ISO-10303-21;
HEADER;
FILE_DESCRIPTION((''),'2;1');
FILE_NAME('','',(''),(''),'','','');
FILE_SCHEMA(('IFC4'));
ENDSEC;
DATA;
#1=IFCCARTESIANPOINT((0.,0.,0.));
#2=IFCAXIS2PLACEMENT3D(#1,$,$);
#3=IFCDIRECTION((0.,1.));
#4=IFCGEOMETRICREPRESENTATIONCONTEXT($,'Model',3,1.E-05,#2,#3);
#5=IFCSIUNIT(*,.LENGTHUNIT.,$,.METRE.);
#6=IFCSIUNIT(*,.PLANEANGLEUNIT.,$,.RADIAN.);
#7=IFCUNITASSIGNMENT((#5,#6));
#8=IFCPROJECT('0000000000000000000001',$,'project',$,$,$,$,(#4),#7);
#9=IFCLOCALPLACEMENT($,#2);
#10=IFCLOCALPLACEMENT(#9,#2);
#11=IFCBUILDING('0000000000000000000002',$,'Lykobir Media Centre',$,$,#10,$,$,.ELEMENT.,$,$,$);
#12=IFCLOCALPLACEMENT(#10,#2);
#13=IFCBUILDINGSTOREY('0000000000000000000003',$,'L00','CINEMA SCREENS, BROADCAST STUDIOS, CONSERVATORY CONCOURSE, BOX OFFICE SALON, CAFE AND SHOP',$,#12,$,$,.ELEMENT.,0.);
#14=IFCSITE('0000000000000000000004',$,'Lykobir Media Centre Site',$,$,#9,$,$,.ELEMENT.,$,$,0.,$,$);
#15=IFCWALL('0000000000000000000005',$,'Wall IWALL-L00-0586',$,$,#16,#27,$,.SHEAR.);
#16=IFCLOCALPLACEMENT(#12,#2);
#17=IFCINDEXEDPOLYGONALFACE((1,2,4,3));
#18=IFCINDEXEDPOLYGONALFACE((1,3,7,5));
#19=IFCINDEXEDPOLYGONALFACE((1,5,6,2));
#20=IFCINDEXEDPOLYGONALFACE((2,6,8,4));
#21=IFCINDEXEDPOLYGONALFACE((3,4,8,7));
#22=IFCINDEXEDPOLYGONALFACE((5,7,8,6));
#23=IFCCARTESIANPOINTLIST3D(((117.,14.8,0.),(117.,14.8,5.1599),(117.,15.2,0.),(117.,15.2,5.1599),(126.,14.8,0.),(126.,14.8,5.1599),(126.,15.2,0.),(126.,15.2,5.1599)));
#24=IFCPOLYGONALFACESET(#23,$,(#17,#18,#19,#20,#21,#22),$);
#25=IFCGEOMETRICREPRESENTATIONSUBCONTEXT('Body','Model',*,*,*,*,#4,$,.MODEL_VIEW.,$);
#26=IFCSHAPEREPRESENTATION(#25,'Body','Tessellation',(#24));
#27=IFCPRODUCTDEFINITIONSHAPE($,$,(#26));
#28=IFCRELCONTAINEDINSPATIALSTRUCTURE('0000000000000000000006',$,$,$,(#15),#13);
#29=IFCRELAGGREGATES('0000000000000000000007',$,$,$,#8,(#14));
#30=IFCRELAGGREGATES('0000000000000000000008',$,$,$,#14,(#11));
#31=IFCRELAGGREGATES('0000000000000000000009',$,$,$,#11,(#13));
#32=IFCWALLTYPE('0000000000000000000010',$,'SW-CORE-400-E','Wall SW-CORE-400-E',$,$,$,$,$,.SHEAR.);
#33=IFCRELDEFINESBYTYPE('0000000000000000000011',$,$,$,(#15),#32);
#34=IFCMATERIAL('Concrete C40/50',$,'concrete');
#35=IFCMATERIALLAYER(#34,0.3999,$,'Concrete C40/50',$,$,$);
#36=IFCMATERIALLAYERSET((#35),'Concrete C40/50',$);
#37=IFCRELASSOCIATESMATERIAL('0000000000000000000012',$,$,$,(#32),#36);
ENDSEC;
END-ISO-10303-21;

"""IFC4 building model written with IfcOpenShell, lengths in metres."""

from ifc_helpers import new_model, si_unit, direction, frame, frame_2d, origin, place, context, subcontext, project, spatial, rectangle, extrude, material, layer, layer_set, type_object, element, save


model = new_model("IFC4")

# Units and contexts
model_context = context("Model", 3, precision=1e-05, world=origin(), true_north=direction((0.0, 1.0)))
body_context = subcontext(model_context, "Body", "Model", "MODEL_VIEW")
ifc_project = project(units=[si_unit("LENGTHUNIT", "METRE"), si_unit("PLANEANGLEUNIT", "RADIAN")], contexts=[model_context])

# Site, building, storey
site_placement = place(None, origin())
site = spatial("IfcSite", under=ifc_project, at=site_placement, Name="Lykobir Media Centre Site", CompositionType="ELEMENT", RefElevation=0.0)
building_placement = place(site_placement, origin())
building = spatial("IfcBuilding", under=site, at=building_placement, Name="Lykobir Media Centre", CompositionType="ELEMENT")
storey_placement = place(building_placement, origin())
storey = spatial("IfcBuildingStorey", under=building, at=storey_placement, Name="L00", Description="CINEMA SCREENS, BROADCAST STUDIOS, CONSERVATORY CONCOURSE, BOX OFFICE SALON, CAFE AND SHOP", CompositionType="ELEMENT", Elevation=0.0)

# Shared definitions
ifc_material_1 = material(Name="Concrete C40/50", Category="concrete")

# Wall
ifc_layer_1 = layer(ifc_material_1, 0.3999, Name="Concrete C40/50")
ifc_layer_set_1 = layer_set([ifc_layer_1], Name="Concrete C40/50")
wall_type_1 = type_object("IfcWallType", Name="SW-CORE-400-E", Description="Wall SW-CORE-400-E", PredefinedType="SHEAR", material=ifc_layer_set_1)
wall_1_placement = place(storey_placement, frame((126.0, 15.0, 0.0), z_axis=(0.0, 0.0, 1.0), x_axis=(-1.0, 0.0, 0.0)))
element("IfcWall", 1, at=wall_1_placement, inside=storey, type_object=wall_type_1, Name="Wall IWALL-L00-0586", PredefinedType="SHEAR", context=body_context, shape_type="SweptSolid", body=[
    extrude(rectangle(XDim=9.0, YDim=0.3999, at=frame_2d((4.5, 0.0))), origin(), (0.0, 0.0, 1.0), 5.1599),
])

save(model, "model.ifc")
